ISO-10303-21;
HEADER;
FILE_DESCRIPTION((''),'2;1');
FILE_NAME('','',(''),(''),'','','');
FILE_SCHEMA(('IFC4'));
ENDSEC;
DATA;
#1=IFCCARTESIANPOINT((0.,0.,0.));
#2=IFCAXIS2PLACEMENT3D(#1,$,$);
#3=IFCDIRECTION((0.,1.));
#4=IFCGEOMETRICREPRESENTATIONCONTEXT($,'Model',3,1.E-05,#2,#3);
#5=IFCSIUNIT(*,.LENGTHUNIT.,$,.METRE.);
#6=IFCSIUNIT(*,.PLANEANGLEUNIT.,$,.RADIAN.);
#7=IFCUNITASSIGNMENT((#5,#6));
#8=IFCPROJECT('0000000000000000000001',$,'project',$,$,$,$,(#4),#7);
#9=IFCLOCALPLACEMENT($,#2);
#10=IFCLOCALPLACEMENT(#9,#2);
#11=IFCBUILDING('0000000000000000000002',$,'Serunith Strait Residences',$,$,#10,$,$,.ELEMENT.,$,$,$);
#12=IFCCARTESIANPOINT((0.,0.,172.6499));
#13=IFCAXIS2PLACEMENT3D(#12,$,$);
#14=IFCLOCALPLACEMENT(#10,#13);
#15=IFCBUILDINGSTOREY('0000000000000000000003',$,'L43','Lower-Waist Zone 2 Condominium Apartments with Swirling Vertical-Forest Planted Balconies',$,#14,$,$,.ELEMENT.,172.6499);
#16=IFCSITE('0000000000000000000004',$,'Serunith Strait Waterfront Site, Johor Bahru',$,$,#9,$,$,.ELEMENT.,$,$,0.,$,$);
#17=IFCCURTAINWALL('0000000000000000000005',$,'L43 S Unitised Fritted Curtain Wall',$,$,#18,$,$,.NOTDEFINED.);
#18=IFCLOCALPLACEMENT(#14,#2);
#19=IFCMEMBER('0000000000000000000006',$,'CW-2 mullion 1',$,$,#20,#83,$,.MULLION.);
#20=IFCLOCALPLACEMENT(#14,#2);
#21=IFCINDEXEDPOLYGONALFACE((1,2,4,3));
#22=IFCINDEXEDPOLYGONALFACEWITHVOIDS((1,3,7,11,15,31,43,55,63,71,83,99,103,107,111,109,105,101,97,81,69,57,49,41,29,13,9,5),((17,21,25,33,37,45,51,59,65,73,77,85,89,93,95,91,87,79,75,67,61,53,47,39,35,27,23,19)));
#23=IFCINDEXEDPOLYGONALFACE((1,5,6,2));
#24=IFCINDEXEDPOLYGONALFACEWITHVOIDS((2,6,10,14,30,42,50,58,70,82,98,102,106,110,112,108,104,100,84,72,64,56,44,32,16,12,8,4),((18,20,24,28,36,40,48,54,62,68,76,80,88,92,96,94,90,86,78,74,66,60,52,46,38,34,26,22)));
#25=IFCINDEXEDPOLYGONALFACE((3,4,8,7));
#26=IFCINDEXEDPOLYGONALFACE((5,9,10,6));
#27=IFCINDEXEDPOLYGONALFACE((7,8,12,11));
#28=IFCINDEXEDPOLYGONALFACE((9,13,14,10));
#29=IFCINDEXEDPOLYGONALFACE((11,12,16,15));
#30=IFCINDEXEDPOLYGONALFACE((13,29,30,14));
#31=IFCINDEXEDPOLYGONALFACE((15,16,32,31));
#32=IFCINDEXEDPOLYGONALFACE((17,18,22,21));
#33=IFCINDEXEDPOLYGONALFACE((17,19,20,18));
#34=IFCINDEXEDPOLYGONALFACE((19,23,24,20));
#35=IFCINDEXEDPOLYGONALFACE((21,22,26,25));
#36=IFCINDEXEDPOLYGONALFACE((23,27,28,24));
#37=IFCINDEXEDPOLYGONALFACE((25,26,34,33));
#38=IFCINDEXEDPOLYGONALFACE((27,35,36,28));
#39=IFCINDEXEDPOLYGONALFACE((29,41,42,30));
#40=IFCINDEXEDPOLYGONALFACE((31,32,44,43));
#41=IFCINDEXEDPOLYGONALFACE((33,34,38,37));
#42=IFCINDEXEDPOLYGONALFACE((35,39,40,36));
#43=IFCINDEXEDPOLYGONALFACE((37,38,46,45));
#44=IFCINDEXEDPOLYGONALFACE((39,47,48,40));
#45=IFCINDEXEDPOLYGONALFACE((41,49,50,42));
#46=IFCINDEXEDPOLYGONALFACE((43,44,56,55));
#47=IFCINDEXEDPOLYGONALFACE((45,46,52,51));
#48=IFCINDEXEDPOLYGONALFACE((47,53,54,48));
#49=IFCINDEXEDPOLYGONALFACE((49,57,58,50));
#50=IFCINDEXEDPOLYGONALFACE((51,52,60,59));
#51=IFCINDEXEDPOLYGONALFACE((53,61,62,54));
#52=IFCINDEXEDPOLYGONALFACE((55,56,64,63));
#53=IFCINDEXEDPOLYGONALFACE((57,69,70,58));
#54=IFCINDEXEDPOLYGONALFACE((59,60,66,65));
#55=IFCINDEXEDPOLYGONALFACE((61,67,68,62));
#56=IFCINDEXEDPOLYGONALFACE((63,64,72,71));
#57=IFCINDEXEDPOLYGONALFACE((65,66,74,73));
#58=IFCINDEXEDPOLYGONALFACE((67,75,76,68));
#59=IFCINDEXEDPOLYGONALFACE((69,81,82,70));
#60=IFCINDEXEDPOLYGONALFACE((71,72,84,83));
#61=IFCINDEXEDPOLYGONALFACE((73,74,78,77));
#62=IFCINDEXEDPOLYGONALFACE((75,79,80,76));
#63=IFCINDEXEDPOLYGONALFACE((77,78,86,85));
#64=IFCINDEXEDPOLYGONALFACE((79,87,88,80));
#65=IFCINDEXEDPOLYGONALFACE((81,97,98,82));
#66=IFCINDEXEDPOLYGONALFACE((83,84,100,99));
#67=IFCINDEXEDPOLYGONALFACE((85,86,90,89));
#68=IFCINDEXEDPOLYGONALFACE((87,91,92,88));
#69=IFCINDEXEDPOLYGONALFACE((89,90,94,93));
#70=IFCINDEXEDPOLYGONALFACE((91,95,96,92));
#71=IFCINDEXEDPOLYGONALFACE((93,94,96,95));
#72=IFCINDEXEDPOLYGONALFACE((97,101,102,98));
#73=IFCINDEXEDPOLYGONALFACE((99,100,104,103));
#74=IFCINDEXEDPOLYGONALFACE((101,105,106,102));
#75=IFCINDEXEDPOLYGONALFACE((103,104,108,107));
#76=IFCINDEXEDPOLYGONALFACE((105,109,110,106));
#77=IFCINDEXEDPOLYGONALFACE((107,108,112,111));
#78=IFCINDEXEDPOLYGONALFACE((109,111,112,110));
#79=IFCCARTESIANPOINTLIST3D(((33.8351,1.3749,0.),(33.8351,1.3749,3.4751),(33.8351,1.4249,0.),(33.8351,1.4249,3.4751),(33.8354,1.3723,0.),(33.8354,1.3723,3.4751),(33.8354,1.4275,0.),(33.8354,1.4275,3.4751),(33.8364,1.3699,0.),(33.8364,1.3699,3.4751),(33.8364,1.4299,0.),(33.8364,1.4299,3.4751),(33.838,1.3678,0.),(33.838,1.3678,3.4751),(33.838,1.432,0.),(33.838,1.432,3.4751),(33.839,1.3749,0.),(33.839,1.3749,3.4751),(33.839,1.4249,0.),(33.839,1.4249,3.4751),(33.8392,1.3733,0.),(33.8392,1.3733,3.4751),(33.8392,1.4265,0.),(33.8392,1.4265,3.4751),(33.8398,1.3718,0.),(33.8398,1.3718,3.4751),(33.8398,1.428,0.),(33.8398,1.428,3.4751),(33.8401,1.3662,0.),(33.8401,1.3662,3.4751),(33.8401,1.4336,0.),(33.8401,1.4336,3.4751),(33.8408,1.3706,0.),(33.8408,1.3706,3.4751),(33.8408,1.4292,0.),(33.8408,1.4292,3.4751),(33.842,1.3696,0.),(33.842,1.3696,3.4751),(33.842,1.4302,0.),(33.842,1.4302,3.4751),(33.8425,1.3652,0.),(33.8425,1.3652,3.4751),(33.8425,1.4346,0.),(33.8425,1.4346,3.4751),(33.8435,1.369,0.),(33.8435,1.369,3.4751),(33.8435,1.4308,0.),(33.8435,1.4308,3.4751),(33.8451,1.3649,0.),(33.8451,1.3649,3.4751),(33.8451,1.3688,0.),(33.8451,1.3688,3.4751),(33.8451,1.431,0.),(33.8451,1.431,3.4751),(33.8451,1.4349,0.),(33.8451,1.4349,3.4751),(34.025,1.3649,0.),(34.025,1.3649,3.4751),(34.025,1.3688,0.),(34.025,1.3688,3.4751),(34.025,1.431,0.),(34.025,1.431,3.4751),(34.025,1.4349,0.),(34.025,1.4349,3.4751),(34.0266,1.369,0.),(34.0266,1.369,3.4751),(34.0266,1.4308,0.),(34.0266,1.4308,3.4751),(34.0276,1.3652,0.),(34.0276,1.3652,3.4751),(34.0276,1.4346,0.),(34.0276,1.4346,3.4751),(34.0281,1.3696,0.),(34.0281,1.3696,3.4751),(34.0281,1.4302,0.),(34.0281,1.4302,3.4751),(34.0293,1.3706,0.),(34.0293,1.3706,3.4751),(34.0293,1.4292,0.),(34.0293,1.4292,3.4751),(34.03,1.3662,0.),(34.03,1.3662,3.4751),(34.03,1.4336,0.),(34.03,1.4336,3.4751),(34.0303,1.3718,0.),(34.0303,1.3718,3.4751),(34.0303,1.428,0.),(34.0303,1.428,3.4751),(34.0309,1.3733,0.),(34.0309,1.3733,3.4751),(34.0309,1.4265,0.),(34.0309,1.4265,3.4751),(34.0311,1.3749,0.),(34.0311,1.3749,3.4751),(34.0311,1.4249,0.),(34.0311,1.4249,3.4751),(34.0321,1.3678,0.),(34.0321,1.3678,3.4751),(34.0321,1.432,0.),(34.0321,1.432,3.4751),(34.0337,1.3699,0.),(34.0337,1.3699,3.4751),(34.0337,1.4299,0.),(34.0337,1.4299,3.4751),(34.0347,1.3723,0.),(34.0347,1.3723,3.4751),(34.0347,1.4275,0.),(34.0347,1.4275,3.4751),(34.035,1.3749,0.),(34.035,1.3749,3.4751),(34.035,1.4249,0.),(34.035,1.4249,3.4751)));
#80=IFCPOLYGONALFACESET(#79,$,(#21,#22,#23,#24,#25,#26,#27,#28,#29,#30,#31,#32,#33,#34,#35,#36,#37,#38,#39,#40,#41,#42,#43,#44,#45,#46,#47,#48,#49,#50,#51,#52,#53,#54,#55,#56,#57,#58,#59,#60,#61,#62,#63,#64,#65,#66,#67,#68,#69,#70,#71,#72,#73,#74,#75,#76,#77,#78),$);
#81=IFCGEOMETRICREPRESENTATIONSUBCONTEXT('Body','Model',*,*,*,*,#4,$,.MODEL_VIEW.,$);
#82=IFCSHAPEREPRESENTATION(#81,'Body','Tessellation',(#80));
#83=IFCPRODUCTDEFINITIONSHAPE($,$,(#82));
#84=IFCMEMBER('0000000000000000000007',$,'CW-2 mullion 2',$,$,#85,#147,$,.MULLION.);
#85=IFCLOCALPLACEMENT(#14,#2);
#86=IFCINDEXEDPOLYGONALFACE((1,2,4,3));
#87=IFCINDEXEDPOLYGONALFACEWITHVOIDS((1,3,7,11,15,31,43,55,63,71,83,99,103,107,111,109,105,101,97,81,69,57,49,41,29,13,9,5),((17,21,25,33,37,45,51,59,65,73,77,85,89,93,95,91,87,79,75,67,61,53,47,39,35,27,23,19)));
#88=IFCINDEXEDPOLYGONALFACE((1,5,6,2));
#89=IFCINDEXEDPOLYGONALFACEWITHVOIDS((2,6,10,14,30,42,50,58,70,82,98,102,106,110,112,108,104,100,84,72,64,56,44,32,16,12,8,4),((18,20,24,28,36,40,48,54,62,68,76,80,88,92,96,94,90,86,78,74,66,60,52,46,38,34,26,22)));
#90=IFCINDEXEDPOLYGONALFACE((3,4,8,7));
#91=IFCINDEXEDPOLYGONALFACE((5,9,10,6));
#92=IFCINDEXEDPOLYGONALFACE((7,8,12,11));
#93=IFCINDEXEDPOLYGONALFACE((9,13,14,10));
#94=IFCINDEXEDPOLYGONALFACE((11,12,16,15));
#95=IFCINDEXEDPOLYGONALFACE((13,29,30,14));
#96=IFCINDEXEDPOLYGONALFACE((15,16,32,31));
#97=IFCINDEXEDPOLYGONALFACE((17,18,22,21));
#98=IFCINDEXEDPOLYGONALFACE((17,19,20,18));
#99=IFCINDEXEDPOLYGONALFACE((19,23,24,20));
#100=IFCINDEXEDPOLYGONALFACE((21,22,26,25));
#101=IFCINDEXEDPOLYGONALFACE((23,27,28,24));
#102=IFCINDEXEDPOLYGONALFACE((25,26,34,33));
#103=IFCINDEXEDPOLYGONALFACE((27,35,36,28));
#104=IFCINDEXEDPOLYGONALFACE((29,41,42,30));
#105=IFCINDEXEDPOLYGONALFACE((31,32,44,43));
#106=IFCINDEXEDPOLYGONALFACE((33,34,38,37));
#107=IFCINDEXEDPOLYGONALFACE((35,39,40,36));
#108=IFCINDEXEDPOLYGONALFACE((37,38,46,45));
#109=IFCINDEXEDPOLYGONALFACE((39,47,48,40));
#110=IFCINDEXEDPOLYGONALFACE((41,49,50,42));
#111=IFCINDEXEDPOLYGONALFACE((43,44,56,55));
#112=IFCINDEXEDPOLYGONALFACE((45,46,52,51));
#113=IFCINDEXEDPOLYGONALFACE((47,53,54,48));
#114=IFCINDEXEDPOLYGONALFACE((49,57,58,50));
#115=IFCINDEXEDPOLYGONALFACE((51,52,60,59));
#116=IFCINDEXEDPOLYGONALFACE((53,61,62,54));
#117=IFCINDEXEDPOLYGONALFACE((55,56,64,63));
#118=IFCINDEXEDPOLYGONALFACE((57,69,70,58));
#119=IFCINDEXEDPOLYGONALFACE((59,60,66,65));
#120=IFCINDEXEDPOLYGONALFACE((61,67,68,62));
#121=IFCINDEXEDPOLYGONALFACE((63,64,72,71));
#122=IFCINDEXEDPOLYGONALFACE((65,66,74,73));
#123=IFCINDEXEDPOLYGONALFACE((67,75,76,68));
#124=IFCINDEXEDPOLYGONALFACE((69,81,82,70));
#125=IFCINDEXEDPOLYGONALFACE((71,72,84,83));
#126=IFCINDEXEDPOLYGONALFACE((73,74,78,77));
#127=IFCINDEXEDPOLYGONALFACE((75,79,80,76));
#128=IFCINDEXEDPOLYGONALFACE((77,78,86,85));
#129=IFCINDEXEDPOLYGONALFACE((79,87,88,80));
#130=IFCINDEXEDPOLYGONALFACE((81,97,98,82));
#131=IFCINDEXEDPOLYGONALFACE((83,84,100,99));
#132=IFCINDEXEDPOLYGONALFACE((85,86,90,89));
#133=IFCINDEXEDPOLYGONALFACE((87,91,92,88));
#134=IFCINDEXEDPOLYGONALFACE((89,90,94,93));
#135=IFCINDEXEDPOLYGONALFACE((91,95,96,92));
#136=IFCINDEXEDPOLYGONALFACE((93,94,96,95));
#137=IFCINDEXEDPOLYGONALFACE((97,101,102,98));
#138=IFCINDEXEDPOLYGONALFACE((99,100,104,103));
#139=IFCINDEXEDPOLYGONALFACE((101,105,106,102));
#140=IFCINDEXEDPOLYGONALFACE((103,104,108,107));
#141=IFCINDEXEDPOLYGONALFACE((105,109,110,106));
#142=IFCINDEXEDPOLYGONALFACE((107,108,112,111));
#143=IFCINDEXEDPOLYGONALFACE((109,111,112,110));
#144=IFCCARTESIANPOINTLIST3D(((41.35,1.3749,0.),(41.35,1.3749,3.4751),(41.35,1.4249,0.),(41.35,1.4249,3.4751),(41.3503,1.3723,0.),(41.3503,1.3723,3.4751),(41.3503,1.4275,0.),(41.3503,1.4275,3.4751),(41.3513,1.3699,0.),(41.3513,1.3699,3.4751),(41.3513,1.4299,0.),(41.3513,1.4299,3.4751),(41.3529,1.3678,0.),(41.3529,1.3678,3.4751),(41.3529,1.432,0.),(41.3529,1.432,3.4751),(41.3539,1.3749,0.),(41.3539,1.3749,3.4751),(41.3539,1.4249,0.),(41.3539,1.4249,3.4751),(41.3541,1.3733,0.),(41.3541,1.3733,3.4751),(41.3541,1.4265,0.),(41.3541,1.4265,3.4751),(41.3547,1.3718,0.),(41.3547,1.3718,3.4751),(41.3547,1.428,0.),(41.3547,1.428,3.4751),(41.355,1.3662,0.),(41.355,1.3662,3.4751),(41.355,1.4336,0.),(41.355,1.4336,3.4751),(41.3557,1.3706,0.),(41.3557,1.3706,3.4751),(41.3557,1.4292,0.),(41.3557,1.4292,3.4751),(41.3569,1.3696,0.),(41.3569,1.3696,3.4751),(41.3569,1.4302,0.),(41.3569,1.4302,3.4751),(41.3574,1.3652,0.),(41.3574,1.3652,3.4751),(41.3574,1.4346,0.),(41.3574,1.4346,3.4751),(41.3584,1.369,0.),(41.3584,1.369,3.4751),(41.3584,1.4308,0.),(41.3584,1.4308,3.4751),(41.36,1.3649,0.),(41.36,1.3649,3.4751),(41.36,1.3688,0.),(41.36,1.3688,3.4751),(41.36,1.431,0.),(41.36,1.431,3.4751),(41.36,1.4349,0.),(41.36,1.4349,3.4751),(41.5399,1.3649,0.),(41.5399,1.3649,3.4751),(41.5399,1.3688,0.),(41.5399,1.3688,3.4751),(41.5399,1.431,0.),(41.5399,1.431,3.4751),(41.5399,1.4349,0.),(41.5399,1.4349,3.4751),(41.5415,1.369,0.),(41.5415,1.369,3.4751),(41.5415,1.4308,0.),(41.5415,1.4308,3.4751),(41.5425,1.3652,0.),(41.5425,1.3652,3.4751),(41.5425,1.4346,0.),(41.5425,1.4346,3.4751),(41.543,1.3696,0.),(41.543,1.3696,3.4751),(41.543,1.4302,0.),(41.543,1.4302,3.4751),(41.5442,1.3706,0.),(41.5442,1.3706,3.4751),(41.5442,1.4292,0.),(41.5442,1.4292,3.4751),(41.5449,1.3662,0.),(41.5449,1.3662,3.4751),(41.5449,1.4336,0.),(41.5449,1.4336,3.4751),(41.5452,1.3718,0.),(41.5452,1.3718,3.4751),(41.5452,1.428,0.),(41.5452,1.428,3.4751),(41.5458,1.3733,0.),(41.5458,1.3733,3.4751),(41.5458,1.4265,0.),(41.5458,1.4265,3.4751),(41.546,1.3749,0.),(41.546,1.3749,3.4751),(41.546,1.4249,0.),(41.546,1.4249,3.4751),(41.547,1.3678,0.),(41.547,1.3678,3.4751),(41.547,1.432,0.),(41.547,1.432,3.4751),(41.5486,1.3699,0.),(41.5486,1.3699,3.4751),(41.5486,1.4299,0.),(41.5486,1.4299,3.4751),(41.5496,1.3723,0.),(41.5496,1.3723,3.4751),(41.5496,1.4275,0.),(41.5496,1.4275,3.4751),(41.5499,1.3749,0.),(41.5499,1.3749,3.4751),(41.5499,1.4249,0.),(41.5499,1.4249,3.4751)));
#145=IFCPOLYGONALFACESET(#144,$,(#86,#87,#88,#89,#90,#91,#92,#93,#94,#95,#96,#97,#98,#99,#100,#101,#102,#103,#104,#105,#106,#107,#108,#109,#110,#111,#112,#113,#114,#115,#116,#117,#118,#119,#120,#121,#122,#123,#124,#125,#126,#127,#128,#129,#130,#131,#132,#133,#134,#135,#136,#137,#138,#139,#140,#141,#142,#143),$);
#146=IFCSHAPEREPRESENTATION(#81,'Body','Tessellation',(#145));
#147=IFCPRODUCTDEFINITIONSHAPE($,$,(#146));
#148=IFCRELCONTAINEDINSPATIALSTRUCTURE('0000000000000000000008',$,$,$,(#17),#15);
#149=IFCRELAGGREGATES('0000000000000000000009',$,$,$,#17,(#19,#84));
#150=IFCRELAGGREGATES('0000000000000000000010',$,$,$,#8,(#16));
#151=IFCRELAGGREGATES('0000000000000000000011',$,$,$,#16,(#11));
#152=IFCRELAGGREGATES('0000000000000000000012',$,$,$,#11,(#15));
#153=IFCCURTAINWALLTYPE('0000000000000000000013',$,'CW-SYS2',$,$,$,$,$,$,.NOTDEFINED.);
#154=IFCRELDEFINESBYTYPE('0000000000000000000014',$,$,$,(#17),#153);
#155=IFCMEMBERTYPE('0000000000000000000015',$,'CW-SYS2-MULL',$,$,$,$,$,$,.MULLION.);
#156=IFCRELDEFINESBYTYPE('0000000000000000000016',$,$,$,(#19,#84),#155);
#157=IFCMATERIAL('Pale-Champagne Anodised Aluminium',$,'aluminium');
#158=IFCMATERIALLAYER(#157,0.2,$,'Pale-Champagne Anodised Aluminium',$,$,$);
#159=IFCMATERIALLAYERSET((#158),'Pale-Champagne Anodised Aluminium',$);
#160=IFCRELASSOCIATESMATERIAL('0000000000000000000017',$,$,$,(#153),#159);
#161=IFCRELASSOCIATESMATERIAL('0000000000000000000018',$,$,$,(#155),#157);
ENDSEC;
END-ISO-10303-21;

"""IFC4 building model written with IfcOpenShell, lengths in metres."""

from ifc_helpers import new_model, si_unit, direction, frame, origin, origin_2d, place, context, subcontext, project, spatial, hollow_rectangle, extrude, source, transform, mapped, material, layer, layer_set, material_profile, profile_set, type_object, element, aggregate, save


model = new_model("IFC4")

# Units and contexts
model_context = context("Model", 3, precision=1e-05, world=origin(), true_north=direction((0.0, 1.0)))
body_context = subcontext(model_context, "Body", "Model", "MODEL_VIEW")
ifc_project = project(units=[si_unit("LENGTHUNIT", "METRE"), si_unit("PLANEANGLEUNIT", "RADIAN")], contexts=[model_context])

# Site, building, storey
site_placement = place(None, origin())
site = spatial("IfcSite", under=ifc_project, at=site_placement, Name="Serunith Strait Waterfront Site, Johor Bahru", CompositionType="ELEMENT", RefElevation=0.0)
building_placement = place(site_placement, origin())
building = spatial("IfcBuilding", under=site, at=building_placement, Name="Serunith Strait Residences", CompositionType="ELEMENT")
storey_placement = place(building_placement, frame((0.0, 0.0, 172.6499)))
storey = spatial("IfcBuildingStorey", under=building, at=storey_placement, Name="L43", Description="Lower-Waist Zone 2 Condominium Apartments with Swirling Vertical-Forest Planted Balconies", CompositionType="ELEMENT", Elevation=172.6499)

# Curtain wall, members
ifc_material_1 = material(Name="Pale-Champagne Anodised Aluminium", Category="aluminium")
ifc_layer_1 = layer(ifc_material_1, 0.2, Name="Pale-Champagne Anodised Aluminium")
ifc_layer_set_1 = layer_set([ifc_layer_1], Name="Pale-Champagne Anodised Aluminium")
curtain_wall_type = type_object("IfcCurtainWallType", Name="CW-SYS2", PredefinedType="NOTDEFINED", material=ifc_layer_set_1)
curtain_wall_placement = place(storey_placement, origin())
curtain_wall = element("IfcCurtainWall", 1, at=curtain_wall_placement, inside=storey, type_object=curtain_wall_type, Name="L43 S Unitised Fritted Curtain Wall", PredefinedType="NOTDEFINED")
ifc_material_profile_1 = material_profile(ifc_material_1, hollow_rectangle(XDim=0.0701, YDim=0.2, WallThickness=0.0039, InnerFilletRadius=0.0061, OuterFilletRadius=0.01, at=origin_2d()), Name="ALU 200x70x4")
ifc_profile_set_1 = profile_set([ifc_material_profile_1], Name="Pale-Champagne Anodised Aluminium")
member_type_1 = type_object("IfcMemberType", Name="CW-SYS2-MULL", PredefinedType="MULLION", material=ifc_profile_set_1)
shared_shape_1 = source(origin(), body_context, "Body", "SweptSolid", [
    extrude(hollow_rectangle(XDim=0.0701, YDim=0.2, WallThickness=0.0039, InnerFilletRadius=0.0061, OuterFilletRadius=0.01, at=origin_2d()), origin(), (0.0, 0.0, 1.0), 3.4751),
])
member_1_placement = place(storey_placement, frame((33.9351, 1.3999, 0.0), z_axis=(0.0, 0.0, 1.0), x_axis=(0.0, 1.0, 0.0)))
member_1 = element("IfcMember", 2, at=member_1_placement, type_object=member_type_1, Name="CW-2 mullion 1", PredefinedType="MULLION", context=body_context, shape_type="MappedRepresentation", body=[
    mapped(shared_shape_1, transform((0.0, 0.0, 0.0), scale=1.0)),
])
member_2_placement = place(storey_placement, frame((41.45, 1.3999, 0.0), z_axis=(0.0, 0.0, 1.0), x_axis=(0.0, 1.0, 0.0)))
member_2 = element("IfcMember", 3, at=member_2_placement, type_object=member_type_1, Name="CW-2 mullion 2", PredefinedType="MULLION", context=body_context, shape_type="MappedRepresentation", body=[
    mapped(shared_shape_1, transform((0.0, 0.0, 0.0), scale=1.0)),
])
aggregate(curtain_wall, [member_1, member_2])

save(model, "model.ifc")
